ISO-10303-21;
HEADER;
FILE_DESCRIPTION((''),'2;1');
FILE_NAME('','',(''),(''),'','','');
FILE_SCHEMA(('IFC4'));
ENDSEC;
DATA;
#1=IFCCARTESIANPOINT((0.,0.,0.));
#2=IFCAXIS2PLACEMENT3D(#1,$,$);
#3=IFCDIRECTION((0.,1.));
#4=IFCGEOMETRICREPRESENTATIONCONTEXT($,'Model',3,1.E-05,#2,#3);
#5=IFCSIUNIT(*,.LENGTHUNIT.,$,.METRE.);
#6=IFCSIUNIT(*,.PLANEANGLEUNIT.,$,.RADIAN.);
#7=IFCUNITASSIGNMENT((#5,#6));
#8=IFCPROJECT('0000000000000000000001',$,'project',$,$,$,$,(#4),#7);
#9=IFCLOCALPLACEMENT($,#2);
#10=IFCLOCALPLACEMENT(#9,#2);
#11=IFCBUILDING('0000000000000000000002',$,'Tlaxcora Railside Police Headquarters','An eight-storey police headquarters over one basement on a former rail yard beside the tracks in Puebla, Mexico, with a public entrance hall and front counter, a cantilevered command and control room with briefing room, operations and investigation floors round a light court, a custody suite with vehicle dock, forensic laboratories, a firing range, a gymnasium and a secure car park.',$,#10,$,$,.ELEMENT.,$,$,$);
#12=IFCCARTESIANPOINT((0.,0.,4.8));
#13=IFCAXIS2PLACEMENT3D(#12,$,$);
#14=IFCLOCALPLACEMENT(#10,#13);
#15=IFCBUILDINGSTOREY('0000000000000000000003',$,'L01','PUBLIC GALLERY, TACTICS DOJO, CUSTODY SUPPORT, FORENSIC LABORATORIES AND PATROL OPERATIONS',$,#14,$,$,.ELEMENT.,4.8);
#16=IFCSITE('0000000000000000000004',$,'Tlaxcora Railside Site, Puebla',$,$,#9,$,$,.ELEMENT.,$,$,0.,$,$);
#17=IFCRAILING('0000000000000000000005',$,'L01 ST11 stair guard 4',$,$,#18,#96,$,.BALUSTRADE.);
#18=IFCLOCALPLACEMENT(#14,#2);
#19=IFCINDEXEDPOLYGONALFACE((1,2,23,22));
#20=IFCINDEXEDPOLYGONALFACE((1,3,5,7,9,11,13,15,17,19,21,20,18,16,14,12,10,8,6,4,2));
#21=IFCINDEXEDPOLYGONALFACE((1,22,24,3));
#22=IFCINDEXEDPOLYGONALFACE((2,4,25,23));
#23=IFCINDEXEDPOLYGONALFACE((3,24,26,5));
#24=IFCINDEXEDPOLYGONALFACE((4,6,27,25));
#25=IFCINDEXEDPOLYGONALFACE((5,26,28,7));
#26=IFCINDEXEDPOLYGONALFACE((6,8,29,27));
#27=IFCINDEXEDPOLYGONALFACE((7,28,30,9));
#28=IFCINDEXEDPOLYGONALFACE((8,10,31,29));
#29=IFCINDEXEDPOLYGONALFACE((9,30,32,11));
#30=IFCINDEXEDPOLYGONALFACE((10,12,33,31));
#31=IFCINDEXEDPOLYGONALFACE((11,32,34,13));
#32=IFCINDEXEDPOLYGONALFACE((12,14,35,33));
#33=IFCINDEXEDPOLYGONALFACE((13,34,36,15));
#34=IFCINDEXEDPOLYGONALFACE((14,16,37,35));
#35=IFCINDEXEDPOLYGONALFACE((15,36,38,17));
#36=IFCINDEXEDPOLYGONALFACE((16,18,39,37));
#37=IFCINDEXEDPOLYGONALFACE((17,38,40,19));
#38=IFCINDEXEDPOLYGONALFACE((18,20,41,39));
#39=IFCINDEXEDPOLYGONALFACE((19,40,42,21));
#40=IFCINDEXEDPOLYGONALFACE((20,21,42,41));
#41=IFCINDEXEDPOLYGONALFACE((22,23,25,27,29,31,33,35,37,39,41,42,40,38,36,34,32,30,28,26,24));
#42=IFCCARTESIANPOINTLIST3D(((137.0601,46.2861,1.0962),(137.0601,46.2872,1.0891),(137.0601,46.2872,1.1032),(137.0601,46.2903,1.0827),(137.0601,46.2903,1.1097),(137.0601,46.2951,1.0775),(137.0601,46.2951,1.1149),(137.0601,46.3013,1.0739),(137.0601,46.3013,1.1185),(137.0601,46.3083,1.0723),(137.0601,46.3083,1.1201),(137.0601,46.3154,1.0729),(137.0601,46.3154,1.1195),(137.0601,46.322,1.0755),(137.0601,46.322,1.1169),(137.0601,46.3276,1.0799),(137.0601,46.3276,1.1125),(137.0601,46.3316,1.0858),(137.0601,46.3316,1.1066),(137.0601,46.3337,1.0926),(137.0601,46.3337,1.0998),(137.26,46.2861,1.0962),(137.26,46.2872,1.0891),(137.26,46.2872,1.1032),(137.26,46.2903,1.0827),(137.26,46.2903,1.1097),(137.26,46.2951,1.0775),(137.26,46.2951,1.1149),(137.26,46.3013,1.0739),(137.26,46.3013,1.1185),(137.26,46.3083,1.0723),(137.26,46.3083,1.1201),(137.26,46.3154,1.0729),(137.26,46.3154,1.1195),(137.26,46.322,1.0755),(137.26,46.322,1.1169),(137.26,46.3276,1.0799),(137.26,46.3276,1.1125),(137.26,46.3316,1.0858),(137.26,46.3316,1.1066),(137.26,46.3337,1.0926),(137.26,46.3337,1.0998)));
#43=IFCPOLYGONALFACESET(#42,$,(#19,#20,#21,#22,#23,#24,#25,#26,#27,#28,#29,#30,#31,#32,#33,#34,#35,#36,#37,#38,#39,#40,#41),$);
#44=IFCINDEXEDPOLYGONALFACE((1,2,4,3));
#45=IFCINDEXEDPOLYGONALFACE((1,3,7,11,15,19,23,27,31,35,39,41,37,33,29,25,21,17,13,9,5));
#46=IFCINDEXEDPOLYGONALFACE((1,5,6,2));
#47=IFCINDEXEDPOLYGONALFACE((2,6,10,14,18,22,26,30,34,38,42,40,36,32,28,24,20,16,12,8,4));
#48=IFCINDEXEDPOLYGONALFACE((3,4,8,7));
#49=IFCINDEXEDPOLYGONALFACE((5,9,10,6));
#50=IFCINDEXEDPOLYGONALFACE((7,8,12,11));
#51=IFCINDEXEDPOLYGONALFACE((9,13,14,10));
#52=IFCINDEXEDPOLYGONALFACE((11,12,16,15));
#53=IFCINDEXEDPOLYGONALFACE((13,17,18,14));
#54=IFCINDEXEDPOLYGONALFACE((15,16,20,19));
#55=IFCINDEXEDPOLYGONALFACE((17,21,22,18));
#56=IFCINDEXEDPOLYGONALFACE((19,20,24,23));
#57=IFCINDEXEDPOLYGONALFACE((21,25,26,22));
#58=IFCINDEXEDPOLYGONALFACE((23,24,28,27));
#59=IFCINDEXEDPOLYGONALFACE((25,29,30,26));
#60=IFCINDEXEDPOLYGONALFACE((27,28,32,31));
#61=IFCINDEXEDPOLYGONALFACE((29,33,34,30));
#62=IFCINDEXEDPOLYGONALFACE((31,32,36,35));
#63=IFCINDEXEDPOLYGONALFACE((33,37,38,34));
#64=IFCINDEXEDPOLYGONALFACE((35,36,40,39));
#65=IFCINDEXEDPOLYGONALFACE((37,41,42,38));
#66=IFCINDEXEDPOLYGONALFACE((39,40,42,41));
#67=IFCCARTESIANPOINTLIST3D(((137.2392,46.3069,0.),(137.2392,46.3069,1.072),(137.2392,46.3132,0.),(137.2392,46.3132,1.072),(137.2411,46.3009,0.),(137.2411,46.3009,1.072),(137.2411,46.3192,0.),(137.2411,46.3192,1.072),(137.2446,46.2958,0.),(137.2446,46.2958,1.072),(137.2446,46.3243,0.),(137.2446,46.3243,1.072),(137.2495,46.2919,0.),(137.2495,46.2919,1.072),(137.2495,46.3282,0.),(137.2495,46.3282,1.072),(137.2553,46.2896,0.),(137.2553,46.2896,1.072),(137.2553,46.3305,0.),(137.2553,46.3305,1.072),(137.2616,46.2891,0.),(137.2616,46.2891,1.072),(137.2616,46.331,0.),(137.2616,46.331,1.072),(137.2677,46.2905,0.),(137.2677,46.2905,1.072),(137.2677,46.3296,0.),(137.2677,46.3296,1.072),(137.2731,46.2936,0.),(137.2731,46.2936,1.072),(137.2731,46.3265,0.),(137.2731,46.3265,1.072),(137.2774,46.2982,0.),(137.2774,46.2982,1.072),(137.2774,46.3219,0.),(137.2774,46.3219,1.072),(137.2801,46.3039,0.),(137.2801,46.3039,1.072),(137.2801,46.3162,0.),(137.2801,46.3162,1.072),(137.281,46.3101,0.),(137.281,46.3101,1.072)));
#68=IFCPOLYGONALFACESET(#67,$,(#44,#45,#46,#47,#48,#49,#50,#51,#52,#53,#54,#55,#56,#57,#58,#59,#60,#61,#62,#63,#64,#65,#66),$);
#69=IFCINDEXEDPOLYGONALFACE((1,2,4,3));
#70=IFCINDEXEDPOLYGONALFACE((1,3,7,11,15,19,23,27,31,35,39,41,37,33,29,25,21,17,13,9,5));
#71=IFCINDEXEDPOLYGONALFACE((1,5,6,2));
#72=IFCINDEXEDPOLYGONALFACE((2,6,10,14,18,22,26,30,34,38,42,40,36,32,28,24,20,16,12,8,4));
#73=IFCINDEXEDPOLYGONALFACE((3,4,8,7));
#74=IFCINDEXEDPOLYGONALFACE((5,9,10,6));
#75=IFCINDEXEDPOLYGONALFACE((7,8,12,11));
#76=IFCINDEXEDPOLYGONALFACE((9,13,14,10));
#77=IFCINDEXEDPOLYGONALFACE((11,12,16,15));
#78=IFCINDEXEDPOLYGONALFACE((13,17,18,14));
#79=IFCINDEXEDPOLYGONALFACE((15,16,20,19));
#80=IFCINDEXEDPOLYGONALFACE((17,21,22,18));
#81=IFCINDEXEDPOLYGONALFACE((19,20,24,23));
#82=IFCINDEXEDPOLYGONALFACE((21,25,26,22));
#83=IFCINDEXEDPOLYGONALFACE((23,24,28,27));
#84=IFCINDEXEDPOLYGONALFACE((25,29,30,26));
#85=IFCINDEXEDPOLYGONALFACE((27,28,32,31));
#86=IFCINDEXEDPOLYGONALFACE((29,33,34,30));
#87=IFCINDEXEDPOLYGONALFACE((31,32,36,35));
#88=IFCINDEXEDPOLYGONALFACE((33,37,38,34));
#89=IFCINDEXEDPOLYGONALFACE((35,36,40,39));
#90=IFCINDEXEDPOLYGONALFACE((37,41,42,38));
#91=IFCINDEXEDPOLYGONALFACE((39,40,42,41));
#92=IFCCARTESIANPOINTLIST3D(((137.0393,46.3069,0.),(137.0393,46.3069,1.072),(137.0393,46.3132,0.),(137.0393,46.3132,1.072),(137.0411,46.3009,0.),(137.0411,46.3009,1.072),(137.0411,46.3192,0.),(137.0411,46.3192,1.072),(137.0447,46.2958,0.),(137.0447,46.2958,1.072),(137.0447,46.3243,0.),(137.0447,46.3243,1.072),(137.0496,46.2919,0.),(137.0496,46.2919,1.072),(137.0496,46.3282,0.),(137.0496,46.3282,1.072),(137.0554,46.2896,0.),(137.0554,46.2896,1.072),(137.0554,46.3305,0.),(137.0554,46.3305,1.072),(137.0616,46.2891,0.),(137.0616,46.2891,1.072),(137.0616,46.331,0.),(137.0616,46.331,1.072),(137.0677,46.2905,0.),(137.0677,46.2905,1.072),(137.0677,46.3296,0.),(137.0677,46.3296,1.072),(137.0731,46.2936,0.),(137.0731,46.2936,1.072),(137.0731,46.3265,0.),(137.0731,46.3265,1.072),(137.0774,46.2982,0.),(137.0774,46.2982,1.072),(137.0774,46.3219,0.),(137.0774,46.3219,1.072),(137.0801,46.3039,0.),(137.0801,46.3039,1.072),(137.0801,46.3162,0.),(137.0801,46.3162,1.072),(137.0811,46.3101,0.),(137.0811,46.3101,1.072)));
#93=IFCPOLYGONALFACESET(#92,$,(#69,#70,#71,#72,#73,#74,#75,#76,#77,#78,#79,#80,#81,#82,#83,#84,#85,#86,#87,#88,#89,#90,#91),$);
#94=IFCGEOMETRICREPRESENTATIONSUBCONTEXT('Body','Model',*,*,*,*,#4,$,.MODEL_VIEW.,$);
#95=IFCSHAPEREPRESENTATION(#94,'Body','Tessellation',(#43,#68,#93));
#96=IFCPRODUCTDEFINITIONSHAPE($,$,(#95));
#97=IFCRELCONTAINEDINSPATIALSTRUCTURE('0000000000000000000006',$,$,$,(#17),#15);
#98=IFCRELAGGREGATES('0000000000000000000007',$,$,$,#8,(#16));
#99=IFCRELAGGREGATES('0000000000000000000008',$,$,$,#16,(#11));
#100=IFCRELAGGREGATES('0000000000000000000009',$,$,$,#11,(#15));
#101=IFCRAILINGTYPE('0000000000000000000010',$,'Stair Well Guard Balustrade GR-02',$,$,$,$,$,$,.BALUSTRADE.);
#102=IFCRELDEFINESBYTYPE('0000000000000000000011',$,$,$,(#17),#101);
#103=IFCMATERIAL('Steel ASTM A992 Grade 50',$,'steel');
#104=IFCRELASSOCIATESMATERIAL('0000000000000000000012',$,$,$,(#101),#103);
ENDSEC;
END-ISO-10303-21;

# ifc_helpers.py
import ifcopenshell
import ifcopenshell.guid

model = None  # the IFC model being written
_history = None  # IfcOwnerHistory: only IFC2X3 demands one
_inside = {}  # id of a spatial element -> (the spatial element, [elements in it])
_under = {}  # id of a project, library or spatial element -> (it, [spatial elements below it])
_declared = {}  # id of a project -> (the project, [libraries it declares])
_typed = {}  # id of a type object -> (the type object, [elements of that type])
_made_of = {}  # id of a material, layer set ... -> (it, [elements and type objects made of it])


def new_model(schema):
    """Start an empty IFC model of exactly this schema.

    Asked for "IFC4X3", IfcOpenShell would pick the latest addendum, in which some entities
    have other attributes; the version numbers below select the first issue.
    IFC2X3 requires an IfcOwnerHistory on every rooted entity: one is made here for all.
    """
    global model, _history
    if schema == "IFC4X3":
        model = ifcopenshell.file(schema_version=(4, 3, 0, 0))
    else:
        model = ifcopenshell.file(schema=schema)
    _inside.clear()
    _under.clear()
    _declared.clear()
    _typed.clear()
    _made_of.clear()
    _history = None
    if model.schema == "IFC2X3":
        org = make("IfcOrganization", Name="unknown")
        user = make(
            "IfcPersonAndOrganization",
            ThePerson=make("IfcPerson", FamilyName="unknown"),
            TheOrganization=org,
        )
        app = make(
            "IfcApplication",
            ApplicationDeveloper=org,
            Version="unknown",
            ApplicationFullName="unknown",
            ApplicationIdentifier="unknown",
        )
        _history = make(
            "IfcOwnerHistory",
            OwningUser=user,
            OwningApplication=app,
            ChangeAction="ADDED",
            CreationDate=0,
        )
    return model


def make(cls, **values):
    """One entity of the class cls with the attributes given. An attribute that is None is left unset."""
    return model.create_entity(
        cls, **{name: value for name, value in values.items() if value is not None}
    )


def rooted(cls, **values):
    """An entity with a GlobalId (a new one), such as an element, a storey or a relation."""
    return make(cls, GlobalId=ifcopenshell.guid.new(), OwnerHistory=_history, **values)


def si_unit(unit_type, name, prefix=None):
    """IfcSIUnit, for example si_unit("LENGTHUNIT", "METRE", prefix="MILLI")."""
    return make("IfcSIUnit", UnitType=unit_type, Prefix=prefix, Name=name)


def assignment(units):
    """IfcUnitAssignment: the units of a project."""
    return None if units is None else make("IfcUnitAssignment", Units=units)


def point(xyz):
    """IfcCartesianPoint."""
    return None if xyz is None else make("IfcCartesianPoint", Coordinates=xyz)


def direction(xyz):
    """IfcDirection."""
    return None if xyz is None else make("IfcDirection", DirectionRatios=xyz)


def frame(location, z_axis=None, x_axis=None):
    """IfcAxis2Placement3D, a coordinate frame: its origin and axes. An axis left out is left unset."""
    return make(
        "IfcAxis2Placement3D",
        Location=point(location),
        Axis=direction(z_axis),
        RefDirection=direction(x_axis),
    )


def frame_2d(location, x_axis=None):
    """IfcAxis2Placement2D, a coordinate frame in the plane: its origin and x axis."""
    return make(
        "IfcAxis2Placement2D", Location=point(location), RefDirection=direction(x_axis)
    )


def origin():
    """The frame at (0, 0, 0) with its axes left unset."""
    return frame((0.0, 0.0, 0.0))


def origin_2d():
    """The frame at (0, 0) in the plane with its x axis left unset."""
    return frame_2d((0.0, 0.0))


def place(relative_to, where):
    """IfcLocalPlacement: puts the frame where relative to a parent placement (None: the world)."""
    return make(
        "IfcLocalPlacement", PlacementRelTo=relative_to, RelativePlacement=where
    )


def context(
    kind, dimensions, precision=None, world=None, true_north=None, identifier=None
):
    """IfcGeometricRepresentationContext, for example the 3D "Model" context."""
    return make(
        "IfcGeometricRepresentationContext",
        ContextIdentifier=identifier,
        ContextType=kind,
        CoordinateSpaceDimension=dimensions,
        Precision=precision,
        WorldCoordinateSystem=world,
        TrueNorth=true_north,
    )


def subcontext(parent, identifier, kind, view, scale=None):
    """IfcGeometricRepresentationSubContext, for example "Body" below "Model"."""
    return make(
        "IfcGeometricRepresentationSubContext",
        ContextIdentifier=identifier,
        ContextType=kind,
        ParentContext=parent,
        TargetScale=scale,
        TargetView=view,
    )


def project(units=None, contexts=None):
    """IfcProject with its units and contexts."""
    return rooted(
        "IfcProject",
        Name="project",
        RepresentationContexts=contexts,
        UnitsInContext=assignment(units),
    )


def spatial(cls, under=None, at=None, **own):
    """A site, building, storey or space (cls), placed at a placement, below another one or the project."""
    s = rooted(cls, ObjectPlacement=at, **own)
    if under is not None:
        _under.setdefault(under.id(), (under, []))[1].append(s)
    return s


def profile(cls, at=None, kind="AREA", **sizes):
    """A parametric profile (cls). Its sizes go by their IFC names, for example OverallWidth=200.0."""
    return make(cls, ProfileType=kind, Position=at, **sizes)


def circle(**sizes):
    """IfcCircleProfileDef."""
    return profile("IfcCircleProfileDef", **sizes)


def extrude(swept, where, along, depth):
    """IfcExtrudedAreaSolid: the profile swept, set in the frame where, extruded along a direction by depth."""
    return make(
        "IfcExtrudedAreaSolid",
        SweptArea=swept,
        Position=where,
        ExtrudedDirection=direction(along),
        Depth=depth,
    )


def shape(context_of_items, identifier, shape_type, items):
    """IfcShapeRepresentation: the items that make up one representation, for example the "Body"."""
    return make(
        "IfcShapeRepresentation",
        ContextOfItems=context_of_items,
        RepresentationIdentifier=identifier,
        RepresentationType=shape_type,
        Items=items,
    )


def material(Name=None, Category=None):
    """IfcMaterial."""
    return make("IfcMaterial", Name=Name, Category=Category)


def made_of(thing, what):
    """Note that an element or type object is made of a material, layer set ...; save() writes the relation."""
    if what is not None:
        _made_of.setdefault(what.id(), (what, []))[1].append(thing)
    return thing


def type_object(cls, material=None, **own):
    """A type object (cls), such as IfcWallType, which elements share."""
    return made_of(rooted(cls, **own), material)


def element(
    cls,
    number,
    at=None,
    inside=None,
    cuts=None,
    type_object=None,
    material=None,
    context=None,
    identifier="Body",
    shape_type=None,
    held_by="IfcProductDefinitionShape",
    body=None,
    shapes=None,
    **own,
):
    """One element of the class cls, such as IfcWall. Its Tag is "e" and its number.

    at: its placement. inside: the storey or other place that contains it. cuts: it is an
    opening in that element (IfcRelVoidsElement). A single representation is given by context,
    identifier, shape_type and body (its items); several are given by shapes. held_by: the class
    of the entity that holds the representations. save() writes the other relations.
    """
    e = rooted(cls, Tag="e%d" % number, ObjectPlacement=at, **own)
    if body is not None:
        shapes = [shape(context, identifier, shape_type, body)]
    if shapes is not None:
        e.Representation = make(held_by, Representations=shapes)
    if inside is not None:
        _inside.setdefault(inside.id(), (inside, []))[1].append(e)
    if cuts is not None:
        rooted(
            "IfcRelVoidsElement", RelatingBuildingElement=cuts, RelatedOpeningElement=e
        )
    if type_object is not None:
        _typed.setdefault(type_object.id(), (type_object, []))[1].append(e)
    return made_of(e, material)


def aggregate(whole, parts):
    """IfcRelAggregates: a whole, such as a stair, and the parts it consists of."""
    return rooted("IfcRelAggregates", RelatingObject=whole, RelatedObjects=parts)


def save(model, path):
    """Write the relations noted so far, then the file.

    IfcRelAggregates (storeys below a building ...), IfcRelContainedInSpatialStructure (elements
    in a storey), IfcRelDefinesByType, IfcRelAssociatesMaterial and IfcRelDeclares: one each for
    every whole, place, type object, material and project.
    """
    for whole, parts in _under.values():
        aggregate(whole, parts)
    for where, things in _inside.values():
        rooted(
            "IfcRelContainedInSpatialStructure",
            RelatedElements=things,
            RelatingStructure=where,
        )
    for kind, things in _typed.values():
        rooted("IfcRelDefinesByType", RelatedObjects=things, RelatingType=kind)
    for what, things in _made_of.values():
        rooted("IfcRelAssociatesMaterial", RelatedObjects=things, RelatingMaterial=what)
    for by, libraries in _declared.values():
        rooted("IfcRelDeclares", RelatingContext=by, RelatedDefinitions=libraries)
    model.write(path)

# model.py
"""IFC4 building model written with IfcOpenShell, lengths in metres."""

from ifc_helpers import new_model, si_unit, direction, frame, origin, origin_2d, place, context, subcontext, project, spatial, circle, extrude, material, type_object, element, save


model = new_model("IFC4")

# Units and contexts
model_context = context("Model", 3, precision=1e-05, world=origin(), true_north=direction((0.0, 1.0)))
body_context = subcontext(model_context, "Body", "Model", "MODEL_VIEW")
ifc_project = project(units=[si_unit("LENGTHUNIT", "METRE"), si_unit("PLANEANGLEUNIT", "RADIAN")], contexts=[model_context])

# Site, building, storey
site_placement = place(None, origin())
site = spatial("IfcSite", under=ifc_project, at=site_placement, Name="Tlaxcora Railside Site, Puebla", CompositionType="ELEMENT", RefElevation=0.0)
building_placement = place(site_placement, origin())
building = spatial("IfcBuilding", under=site, at=building_placement, Name="Tlaxcora Railside Police Headquarters", Description="An eight-storey police headquarters over one basement on a former rail yard beside the tracks in Puebla, Mexico, with a public entrance hall and front counter, a cantilevered command and control room with briefing room, operations and investigation floors round a light court, a custody suite with vehicle dock, forensic laboratories, a firing range, a gymnasium and a secure car park.", CompositionType="ELEMENT")
storey_placement = place(building_placement, frame((0.0, 0.0, 4.8)))
storey = spatial("IfcBuildingStorey", under=building, at=storey_placement, Name="L01", Description="PUBLIC GALLERY, TACTICS DOJO, CUSTODY SUPPORT, FORENSIC LABORATORIES AND PATROL OPERATIONS", CompositionType="ELEMENT", Elevation=4.8)

# Shared definitions
ifc_material_1 = material(Name="Steel ASTM A992 Grade 50", Category="steel")

# Railing
railing_type_1 = type_object("IfcRailingType", Name="Stair Well Guard Balustrade GR-02", PredefinedType="BALUSTRADE", material=ifc_material_1)
railing_1_placement = place(storey_placement, frame((137.26, 46.3101, 0.0)))
element("IfcRailing", 1, at=railing_1_placement, inside=storey, type_object=railing_type_1, Name="L01 ST11 stair guard 4", PredefinedType="BALUSTRADE", context=body_context, shape_type="SweptSolid", body=[
    extrude(circle(Radius=0.0239, at=origin_2d()), frame((0.0, 0.0, 1.0962), z_axis=(-1.0, 0.0, 0.0), x_axis=(0.0, -1.0, 0.0)), (0.0, 0.0, 1.0), 0.2),
    extrude(circle(Radius=0.021, at=origin_2d()), origin(), (0.0, 0.0, 1.0), 1.072),
    extrude(circle(Radius=0.021, at=origin_2d()), frame((-0.2, 0.0, 0.0)), (0.0, 0.0, 1.0), 1.072),
])

save(model, "model.ifc")
